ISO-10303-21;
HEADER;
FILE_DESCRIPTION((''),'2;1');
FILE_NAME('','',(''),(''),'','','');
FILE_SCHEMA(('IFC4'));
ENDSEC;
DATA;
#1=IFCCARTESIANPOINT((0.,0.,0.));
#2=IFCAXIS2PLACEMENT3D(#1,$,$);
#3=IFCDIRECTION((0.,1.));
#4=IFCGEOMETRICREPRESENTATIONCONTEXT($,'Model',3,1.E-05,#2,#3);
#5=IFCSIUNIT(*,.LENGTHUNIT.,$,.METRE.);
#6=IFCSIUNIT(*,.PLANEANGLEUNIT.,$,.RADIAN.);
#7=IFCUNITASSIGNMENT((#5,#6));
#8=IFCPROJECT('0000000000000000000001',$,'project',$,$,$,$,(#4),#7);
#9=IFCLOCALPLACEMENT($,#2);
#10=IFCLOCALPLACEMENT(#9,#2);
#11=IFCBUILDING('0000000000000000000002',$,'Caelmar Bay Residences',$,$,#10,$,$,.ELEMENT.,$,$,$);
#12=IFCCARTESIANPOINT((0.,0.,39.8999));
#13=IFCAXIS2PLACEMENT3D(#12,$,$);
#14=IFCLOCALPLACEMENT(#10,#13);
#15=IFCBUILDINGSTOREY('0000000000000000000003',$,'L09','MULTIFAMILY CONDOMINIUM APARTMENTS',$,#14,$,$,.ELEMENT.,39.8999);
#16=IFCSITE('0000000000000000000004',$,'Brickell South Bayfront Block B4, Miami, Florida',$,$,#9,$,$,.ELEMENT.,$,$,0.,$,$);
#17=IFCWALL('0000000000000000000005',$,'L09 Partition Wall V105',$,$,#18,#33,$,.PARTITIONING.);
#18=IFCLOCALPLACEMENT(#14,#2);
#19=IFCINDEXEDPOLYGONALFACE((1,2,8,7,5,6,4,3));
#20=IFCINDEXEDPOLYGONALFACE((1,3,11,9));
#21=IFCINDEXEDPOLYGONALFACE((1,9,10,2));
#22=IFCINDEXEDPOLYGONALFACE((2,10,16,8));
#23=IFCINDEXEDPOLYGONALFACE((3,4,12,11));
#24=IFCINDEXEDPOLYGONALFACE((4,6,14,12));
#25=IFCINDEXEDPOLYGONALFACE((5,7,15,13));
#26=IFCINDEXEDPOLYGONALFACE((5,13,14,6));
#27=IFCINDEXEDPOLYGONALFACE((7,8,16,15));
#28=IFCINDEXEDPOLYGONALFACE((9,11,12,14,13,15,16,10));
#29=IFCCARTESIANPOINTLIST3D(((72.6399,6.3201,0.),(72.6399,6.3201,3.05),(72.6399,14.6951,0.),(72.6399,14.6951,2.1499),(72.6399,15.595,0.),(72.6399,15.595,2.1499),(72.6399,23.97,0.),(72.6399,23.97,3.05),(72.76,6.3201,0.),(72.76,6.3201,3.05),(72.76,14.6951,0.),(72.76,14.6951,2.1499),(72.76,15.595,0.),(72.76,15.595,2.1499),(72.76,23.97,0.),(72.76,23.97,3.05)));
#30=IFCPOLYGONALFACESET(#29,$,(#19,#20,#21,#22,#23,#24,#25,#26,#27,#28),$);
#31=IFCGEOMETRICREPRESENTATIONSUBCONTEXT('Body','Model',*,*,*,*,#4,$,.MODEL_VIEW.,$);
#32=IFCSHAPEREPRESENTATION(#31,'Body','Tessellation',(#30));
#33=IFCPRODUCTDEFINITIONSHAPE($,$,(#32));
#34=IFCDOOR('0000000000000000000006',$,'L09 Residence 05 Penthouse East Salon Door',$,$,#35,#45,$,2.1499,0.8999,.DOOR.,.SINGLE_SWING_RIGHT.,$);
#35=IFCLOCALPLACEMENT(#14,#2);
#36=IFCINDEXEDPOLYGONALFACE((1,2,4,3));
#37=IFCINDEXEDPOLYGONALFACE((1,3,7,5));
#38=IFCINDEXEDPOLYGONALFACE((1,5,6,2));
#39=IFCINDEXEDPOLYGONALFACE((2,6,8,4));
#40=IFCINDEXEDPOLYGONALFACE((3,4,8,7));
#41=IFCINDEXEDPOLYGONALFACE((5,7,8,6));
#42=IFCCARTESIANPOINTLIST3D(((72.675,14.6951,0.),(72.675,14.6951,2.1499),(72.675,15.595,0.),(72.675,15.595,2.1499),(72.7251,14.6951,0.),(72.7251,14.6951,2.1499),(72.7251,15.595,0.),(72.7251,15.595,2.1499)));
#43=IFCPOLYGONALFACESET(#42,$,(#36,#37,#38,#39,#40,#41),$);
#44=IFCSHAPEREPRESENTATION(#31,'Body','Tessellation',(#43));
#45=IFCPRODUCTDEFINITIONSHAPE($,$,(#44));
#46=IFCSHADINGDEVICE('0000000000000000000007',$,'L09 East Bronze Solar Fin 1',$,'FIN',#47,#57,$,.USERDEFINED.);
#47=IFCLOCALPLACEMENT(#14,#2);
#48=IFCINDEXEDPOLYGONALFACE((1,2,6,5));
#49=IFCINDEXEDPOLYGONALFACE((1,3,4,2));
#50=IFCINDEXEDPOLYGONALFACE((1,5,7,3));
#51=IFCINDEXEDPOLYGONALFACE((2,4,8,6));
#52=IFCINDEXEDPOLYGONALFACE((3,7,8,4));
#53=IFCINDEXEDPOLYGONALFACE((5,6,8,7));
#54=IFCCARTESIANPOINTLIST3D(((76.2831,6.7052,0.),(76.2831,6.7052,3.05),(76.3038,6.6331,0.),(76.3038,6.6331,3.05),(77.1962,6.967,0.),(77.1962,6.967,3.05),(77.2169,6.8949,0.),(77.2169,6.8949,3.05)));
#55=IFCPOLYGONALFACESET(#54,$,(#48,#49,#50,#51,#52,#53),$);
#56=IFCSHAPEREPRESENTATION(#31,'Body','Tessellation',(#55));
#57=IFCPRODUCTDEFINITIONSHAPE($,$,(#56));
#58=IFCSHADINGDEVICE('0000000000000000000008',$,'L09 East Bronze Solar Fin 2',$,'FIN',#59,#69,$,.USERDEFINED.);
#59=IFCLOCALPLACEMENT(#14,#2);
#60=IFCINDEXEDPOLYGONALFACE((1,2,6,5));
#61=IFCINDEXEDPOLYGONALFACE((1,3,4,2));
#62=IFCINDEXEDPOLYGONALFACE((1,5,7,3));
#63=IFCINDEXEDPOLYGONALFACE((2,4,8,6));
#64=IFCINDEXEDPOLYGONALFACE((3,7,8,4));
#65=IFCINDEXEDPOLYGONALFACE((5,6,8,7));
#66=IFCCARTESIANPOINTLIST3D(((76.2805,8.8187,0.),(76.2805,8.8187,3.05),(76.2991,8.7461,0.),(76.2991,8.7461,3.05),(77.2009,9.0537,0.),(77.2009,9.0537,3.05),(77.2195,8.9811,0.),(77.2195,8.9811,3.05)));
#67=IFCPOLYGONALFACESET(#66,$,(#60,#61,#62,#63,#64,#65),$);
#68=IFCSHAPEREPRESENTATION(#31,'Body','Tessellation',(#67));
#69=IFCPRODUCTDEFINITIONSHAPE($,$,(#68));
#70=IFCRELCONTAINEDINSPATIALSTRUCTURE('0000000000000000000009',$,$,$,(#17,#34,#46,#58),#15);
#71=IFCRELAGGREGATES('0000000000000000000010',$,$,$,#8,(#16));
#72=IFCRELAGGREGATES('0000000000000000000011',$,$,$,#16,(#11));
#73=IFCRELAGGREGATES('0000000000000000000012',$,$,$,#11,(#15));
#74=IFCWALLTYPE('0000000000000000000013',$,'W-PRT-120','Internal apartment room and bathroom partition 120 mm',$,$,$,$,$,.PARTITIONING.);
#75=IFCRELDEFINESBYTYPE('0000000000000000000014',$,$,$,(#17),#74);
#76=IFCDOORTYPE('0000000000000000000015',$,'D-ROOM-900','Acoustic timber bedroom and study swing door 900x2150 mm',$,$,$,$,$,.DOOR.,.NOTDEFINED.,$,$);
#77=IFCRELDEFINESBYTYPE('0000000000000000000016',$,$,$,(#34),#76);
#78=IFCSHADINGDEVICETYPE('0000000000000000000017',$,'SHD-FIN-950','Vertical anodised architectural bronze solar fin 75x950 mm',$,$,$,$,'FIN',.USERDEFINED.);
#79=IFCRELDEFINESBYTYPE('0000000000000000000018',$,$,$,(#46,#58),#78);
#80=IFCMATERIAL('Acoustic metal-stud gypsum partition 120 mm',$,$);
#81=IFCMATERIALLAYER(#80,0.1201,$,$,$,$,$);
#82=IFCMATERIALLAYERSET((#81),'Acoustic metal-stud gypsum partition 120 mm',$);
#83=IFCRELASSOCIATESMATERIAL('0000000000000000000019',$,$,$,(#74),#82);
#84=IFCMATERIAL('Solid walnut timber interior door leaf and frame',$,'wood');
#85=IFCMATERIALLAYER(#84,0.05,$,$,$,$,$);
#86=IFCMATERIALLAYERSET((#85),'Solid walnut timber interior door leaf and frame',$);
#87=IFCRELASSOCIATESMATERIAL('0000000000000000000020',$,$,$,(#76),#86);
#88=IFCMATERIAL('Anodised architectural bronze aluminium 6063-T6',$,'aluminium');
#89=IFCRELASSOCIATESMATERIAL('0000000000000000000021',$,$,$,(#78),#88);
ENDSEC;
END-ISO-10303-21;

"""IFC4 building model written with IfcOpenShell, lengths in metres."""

from ifc_helpers import new_model, si_unit, direction, frame, frame_2d, origin, origin_2d, place, context, subcontext, project, spatial, rectangle, extrude, material, layer, layer_set, material_profile, profile_set, type_object, element, fill, save


model = new_model("IFC4")

# Units and contexts
model_context = context("Model", 3, precision=1e-05, world=origin(), true_north=direction((0.0, 1.0)))
body_context = subcontext(model_context, "Body", "Model", "MODEL_VIEW")
ifc_project = project(units=[si_unit("LENGTHUNIT", "METRE"), si_unit("PLANEANGLEUNIT", "RADIAN")], contexts=[model_context])

# Site, building, storey
site_placement = place(None, origin())
site = spatial("IfcSite", under=ifc_project, at=site_placement, Name="Brickell South Bayfront Block B4, Miami, Florida", CompositionType="ELEMENT", RefElevation=0.0)
building_placement = place(site_placement, origin())
building = spatial("IfcBuilding", under=site, at=building_placement, Name="Caelmar Bay Residences", CompositionType="ELEMENT")
storey_placement = place(building_placement, frame((0.0, 0.0, 39.8999)))
storey = spatial("IfcBuildingStorey", under=building, at=storey_placement, Name="L09", Description="MULTIFAMILY CONDOMINIUM APARTMENTS", CompositionType="ELEMENT", Elevation=39.8999)

# Wall, opening, door
ifc_material_1 = material(Name="Acoustic metal-stud gypsum partition 120 mm")
ifc_layer_1 = layer(ifc_material_1, 0.1201)
ifc_layer_set_1 = layer_set([ifc_layer_1], Name="Acoustic metal-stud gypsum partition 120 mm")
wall_type_1 = type_object("IfcWallType", Name="W-PRT-120", Description="Internal apartment room and bathroom partition 120 mm", PredefinedType="PARTITIONING", material=ifc_layer_set_1)
wall_1_placement = place(storey_placement, frame((72.7, 6.3201, 0.0), z_axis=(0.0, 0.0, 1.0), x_axis=(0.0, 1.0, 0.0)))
wall_1 = element("IfcWall", 1, at=wall_1_placement, inside=storey, type_object=wall_type_1, Name="L09 Partition Wall V105", PredefinedType="PARTITIONING", context=body_context, shape_type="SweptSolid", body=[
    extrude(rectangle(XDim=17.6499, YDim=0.1201, at=frame_2d((8.825, 0.0))), origin(), (0.0, 0.0, 1.0), 3.05),
])
opening_placement = place(wall_1_placement, frame((8.375, 0.0, 0.0)))
opening = element("IfcOpeningElement", 2, at=opening_placement, cuts=wall_1, PredefinedType="OPENING", context=body_context, shape_type="SweptSolid", body=[
    extrude(rectangle(XDim=0.8999, YDim=2.1499, at=frame_2d((0.45, 1.075))), frame((0.0, 0.0701, 0.0), z_axis=(0.0, -1.0, 0.0), x_axis=(1.0, 0.0, 0.0)), (0.0, 0.0, 1.0), 0.1401),
])
ifc_material_2 = material(Name="Solid walnut timber interior door leaf and frame", Category="wood")
ifc_layer_2 = layer(ifc_material_2, 0.05)
ifc_layer_set_2 = layer_set([ifc_layer_2], Name="Solid walnut timber interior door leaf and frame")
door_type = type_object("IfcDoorType", Name="D-ROOM-900", Description="Acoustic timber bedroom and study swing door 900x2150 mm", OperationType="NOTDEFINED", PredefinedType="DOOR", material=ifc_layer_set_2)
door_placement = place(opening_placement, origin())
door = element("IfcDoor", 3, at=door_placement, inside=storey, type_object=door_type, Name="L09 Residence 05 Penthouse East Salon Door", OperationType="SINGLE_SWING_RIGHT", OverallHeight=2.1499, OverallWidth=0.8999, PredefinedType="DOOR", context=body_context, shape_type="SweptSolid", body=[
    extrude(rectangle(XDim=0.8999, YDim=2.1499, at=frame_2d((0.45, 1.075))), frame((0.0, 0.0249, 0.0), z_axis=(0.0, -1.0, 0.0), x_axis=(1.0, 0.0, 0.0)), (0.0, 0.0, 1.0), 0.05),
])
fill(opening, door)

# Shading devices
ifc_material_3 = material(Name="Anodised architectural bronze aluminium 6063-T6", Category="aluminium")
ifc_material_profile_1 = material_profile(ifc_material_3, rectangle(XDim=0.075, YDim=0.95, at=origin_2d()), Name="BRONZE-FIN-75X950")
ifc_profile_set_1 = profile_set([ifc_material_profile_1], Name="Anodised architectural bronze aluminium 6063-T6")
shading_device_type = type_object("IfcShadingDeviceType", Name="SHD-FIN-950", Description="Vertical anodised architectural bronze solar fin 75x950 mm", ElementType="FIN", PredefinedType="USERDEFINED", material=ifc_profile_set_1)
for number, where, z_axis, x_axis, name in (
    (4, (76.75, 6.8, 0.0), (0.0, 0.0, 1.0), (-0.275637, 0.961262, 0.0), "L09 East Bronze Solar Fin 1"),
    (5, (76.75, 8.8999, 0.0), (0.0, 0.0, 1.0), (-0.247337, 0.968929, 0.0), "L09 East Bronze Solar Fin 2"),
):
    element("IfcShadingDevice", number, at=place(storey_placement, frame(where, z_axis=z_axis, x_axis=x_axis)), inside=storey, type_object=shading_device_type, Name=name, ObjectType="FIN", PredefinedType="USERDEFINED", context=body_context, shape_type="SweptSolid", body=[
        extrude(rectangle(XDim=0.075, YDim=0.95, at=origin_2d()), origin(), (0.0, 0.0, 1.0), 3.05),
    ])

save(model, "model.ifc")
